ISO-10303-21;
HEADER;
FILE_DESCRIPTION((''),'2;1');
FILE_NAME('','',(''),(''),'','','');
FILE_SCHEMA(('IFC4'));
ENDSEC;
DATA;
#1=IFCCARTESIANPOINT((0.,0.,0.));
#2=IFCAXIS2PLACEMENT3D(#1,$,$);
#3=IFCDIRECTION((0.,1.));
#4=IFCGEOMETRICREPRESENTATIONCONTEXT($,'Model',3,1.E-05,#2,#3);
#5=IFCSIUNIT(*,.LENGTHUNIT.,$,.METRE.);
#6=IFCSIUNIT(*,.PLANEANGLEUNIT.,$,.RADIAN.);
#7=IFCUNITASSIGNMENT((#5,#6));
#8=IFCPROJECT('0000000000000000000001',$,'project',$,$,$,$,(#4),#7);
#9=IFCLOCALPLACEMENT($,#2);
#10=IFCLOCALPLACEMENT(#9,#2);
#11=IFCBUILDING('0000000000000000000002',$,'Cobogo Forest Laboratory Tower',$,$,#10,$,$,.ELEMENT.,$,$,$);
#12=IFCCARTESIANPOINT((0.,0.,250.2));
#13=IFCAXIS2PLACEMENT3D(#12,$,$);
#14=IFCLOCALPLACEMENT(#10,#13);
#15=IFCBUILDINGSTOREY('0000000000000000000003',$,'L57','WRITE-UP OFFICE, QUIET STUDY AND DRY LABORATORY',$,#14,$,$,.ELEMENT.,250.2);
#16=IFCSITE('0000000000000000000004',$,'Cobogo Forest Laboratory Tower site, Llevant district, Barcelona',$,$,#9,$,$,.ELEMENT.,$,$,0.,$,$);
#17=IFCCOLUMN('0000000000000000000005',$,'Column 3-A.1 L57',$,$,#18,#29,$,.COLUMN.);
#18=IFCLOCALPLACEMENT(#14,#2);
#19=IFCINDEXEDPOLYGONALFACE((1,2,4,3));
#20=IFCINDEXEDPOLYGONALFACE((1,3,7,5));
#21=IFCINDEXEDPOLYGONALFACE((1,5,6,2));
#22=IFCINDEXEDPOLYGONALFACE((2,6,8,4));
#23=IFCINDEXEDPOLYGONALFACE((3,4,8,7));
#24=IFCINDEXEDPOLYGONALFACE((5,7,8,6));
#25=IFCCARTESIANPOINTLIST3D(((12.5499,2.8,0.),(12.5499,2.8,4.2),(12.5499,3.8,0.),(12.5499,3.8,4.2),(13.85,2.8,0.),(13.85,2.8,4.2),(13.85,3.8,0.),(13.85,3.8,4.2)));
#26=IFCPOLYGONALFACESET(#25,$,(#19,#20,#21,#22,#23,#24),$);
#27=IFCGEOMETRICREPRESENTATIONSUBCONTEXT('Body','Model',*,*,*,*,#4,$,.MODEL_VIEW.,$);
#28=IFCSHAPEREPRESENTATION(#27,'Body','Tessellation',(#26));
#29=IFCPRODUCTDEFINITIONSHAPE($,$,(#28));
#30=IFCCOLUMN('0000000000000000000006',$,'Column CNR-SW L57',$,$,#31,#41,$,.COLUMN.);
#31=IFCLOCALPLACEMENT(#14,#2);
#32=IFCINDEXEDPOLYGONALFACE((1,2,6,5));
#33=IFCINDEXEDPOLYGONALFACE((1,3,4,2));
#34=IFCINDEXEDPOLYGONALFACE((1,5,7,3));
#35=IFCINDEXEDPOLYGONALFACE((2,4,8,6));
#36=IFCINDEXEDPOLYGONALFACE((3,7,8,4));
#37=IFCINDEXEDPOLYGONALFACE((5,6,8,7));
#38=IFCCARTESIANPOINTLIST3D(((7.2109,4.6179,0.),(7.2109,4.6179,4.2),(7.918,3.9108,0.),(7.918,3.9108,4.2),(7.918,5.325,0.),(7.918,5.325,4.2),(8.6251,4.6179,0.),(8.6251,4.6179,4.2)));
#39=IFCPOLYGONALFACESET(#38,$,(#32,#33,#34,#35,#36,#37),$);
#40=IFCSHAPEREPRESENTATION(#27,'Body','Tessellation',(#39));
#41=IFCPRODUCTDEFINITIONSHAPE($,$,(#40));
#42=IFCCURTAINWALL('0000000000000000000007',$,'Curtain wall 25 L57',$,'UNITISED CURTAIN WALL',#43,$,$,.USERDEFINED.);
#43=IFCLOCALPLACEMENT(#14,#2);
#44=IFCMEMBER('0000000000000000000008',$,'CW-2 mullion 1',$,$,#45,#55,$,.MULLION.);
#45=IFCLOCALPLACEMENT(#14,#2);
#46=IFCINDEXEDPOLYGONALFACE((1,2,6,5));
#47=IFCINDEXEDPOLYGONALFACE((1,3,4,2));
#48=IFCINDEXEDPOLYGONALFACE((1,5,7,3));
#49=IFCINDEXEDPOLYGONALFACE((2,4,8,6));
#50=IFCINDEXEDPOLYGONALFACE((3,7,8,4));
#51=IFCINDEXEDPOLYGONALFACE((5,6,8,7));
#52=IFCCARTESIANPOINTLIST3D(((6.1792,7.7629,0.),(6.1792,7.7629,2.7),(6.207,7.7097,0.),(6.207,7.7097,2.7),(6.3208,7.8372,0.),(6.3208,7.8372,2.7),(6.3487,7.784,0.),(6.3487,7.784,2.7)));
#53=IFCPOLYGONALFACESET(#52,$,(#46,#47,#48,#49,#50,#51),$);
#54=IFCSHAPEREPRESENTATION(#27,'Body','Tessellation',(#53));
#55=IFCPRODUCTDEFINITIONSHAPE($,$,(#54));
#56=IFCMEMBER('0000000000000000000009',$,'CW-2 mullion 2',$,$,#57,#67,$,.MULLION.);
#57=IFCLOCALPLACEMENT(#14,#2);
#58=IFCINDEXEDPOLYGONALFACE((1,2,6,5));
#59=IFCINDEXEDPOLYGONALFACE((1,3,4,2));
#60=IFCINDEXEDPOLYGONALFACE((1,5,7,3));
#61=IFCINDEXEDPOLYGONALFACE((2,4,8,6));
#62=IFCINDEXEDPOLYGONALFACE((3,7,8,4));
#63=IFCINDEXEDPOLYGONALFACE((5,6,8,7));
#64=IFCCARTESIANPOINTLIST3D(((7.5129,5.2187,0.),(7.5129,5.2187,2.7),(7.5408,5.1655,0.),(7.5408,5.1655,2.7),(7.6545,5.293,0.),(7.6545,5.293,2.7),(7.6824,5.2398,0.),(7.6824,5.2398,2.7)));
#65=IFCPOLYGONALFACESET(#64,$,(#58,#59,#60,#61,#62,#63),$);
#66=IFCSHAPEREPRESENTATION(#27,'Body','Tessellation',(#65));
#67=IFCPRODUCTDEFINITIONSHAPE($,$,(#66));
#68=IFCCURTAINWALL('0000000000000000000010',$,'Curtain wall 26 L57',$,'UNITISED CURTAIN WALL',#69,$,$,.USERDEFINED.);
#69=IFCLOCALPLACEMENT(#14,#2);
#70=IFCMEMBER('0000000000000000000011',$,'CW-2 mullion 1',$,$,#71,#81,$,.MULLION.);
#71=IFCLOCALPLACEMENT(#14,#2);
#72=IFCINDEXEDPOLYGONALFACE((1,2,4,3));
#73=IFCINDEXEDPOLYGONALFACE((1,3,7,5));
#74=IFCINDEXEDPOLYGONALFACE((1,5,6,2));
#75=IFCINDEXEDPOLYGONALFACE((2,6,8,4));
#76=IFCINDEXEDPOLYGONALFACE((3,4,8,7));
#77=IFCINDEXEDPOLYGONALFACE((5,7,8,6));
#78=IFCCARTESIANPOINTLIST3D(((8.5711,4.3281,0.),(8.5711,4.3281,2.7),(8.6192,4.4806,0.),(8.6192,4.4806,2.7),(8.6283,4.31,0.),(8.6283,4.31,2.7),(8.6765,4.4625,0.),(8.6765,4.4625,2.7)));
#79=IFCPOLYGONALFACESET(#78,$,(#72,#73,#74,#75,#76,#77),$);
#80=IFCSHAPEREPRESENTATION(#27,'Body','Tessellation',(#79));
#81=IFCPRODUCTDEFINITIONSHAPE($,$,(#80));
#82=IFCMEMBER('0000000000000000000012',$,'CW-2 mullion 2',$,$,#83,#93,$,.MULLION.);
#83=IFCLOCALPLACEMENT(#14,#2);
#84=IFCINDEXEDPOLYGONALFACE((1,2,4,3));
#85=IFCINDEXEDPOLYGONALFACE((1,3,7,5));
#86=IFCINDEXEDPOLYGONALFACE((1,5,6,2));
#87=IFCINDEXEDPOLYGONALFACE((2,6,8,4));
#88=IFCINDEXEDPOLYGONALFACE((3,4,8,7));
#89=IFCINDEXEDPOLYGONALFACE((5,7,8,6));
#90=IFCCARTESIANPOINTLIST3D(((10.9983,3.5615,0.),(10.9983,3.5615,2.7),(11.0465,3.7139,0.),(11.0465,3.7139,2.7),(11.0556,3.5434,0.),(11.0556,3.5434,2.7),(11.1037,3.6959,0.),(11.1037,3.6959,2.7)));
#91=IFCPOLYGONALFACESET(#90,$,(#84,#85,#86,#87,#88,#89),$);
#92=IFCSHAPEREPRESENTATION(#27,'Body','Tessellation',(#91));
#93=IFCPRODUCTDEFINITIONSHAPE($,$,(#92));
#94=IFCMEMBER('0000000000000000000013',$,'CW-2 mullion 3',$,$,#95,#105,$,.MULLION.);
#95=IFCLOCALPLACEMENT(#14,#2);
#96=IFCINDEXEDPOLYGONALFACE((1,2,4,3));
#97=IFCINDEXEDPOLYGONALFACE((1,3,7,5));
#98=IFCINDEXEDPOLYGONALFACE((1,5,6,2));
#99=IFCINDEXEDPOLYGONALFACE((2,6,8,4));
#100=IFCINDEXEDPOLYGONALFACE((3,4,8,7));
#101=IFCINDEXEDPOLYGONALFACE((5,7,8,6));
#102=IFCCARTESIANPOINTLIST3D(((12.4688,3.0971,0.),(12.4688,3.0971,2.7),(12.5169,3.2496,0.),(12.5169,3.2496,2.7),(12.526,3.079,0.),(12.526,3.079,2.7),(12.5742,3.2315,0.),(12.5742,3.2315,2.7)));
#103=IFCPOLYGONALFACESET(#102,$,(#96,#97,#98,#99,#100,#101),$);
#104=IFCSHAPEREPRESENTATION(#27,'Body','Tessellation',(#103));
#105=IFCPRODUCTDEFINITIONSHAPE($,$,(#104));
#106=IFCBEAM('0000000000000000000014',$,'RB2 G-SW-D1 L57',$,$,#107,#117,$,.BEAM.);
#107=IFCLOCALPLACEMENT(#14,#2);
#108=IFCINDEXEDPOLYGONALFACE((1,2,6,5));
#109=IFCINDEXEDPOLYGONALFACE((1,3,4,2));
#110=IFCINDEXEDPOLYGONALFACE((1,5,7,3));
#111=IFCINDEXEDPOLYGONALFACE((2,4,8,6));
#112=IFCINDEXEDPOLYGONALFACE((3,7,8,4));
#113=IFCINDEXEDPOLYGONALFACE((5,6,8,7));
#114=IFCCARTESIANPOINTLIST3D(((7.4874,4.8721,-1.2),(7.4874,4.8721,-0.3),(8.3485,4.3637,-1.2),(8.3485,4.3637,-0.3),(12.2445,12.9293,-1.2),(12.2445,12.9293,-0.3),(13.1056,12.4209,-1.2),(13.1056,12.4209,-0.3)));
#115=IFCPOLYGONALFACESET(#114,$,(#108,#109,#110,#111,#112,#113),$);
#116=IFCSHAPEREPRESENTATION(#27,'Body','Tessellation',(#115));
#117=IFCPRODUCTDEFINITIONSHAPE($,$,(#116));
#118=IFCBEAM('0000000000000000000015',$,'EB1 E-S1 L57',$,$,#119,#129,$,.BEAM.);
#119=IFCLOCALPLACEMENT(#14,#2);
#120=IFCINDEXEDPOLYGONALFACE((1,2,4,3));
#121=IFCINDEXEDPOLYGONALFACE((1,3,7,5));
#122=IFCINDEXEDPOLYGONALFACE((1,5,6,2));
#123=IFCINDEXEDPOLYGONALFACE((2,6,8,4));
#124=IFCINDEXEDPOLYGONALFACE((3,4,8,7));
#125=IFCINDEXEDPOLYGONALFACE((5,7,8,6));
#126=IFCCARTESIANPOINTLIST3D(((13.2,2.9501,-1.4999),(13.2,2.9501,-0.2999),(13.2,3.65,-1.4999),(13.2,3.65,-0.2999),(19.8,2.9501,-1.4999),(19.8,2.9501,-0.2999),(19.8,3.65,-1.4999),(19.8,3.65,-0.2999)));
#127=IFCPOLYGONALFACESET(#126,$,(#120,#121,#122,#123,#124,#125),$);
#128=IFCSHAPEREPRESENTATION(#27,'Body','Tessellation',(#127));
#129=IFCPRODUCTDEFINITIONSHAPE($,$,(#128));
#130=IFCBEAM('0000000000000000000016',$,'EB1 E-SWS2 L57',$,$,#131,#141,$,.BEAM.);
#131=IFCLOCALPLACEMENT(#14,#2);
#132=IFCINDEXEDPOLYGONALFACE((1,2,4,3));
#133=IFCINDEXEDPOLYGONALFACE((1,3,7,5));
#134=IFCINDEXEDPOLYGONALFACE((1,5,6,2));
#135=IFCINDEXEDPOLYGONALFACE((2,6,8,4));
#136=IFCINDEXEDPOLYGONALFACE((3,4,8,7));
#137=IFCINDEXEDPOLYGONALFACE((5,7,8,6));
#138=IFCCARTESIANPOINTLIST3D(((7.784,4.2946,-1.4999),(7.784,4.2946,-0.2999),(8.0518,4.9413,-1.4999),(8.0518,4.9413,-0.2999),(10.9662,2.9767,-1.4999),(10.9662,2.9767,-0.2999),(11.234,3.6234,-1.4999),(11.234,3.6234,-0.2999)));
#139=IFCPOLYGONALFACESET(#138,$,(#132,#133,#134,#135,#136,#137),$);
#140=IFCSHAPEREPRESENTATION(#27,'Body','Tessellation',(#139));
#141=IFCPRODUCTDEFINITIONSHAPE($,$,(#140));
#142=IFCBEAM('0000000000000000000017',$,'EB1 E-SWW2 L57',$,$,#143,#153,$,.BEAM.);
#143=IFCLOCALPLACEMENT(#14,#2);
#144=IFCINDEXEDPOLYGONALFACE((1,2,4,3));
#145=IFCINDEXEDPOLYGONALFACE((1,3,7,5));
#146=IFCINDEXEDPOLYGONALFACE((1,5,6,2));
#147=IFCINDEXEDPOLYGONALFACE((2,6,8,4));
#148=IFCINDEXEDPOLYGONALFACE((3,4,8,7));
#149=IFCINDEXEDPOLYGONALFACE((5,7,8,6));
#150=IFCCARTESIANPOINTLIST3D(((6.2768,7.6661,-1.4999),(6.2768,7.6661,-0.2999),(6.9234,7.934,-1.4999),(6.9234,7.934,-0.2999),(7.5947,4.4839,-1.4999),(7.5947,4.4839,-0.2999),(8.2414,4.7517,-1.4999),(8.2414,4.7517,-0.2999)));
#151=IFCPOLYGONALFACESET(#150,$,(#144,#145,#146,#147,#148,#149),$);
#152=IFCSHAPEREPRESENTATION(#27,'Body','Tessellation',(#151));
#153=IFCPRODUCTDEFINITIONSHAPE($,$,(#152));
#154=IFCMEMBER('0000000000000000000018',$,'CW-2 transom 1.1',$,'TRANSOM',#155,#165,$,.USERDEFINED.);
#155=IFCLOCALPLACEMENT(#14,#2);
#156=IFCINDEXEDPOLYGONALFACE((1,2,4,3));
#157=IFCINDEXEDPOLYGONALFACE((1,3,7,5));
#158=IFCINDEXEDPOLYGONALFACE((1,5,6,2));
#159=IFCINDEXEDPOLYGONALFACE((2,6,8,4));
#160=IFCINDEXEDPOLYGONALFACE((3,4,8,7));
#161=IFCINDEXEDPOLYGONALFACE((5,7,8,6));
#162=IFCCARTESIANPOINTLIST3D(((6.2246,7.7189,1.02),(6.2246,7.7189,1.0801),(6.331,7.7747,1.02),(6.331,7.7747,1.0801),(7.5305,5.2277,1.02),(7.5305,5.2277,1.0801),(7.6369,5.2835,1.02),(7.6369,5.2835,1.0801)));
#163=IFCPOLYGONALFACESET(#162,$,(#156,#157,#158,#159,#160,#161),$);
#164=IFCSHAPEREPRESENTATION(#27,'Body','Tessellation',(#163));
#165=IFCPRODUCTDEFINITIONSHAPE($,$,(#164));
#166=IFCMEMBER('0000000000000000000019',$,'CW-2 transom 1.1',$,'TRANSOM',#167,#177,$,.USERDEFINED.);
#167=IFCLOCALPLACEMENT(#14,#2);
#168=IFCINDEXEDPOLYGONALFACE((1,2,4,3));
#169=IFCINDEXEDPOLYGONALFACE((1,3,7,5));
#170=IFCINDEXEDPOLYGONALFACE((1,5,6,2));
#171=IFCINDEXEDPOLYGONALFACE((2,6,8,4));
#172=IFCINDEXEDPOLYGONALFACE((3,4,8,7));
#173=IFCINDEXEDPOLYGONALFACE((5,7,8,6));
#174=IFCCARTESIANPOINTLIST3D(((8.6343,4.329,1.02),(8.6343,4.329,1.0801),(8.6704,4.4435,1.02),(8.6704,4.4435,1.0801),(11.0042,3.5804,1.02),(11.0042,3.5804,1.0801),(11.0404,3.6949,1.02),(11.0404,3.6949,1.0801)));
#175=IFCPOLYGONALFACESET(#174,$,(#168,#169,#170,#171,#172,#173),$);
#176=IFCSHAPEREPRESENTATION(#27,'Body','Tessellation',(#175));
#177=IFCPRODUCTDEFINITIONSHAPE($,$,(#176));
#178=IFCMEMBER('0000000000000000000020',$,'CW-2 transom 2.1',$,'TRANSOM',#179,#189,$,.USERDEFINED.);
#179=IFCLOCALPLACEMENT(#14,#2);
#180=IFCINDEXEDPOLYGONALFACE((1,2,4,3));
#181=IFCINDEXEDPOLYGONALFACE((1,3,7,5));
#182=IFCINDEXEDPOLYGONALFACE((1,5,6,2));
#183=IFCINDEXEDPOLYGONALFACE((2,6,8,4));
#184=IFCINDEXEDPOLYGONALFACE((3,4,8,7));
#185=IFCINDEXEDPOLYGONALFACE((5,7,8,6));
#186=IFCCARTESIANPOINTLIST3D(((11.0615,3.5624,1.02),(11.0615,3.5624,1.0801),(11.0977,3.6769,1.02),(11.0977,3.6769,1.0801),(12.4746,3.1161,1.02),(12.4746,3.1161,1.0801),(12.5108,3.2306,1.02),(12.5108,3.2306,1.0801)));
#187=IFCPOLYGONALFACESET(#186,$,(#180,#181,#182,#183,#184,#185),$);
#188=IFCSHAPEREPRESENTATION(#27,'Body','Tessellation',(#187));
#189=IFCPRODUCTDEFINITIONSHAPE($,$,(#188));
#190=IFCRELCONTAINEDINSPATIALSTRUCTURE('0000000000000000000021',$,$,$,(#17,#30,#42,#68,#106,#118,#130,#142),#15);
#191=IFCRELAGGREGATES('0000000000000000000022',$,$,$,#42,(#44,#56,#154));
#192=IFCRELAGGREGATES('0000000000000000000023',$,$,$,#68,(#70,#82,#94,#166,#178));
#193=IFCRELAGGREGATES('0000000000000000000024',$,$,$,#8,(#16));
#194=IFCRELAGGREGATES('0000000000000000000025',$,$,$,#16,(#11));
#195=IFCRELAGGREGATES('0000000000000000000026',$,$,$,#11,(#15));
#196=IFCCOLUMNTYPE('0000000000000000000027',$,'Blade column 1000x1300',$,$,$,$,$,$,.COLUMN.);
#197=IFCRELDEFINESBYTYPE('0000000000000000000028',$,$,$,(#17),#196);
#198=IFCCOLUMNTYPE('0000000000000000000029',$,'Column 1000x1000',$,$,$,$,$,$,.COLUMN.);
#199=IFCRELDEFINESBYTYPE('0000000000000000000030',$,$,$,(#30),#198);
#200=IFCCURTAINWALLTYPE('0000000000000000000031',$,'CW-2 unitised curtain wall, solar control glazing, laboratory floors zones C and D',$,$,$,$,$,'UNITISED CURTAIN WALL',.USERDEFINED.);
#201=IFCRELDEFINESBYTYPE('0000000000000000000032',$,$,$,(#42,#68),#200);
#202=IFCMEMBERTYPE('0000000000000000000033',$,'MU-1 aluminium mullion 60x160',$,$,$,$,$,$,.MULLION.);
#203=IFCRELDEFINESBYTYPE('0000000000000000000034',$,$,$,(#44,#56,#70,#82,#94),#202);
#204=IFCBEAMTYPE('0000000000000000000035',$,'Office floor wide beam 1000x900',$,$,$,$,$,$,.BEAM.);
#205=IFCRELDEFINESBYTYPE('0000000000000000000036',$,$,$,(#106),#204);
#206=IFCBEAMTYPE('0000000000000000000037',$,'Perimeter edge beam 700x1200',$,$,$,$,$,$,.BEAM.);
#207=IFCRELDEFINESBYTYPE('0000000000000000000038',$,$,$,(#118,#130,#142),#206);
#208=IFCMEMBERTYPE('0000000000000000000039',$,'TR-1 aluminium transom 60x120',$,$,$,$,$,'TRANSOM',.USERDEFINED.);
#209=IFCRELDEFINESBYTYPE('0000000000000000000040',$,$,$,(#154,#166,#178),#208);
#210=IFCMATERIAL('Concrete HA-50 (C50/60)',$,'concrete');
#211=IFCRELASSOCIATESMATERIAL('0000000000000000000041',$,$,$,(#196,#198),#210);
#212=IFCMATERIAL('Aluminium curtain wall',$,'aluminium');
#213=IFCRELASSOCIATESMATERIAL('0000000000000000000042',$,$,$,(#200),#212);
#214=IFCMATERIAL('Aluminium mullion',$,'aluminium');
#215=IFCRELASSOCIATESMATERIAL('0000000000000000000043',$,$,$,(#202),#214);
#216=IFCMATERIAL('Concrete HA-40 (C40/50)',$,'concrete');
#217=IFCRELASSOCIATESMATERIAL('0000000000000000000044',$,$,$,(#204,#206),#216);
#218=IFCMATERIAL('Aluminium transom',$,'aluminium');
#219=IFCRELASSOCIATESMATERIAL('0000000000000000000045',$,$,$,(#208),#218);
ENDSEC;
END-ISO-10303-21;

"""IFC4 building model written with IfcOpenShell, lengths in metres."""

from ifc_helpers import new_model, si_unit, direction, frame, origin, origin_2d, place, context, subcontext, project, spatial, rectangle, extrude, material, material_profile, profile_set, type_object, element, aggregate, save


model = new_model("IFC4")

# Units and contexts
model_context = context("Model", 3, precision=1e-05, world=origin(), true_north=direction((0.0, 1.0)))
body_context = subcontext(model_context, "Body", "Model", "MODEL_VIEW")
ifc_project = project(units=[si_unit("LENGTHUNIT", "METRE"), si_unit("PLANEANGLEUNIT", "RADIAN")], contexts=[model_context])

# Site, building, storey
site_placement = place(None, origin())
site = spatial("IfcSite", under=ifc_project, at=site_placement, Name="Cobogo Forest Laboratory Tower site, Llevant district, Barcelona", CompositionType="ELEMENT", RefElevation=0.0)
building_placement = place(site_placement, origin())
building = spatial("IfcBuilding", under=site, at=building_placement, Name="Cobogo Forest Laboratory Tower", CompositionType="ELEMENT")
storey_placement = place(building_placement, frame((0.0, 0.0, 250.2)))
storey = spatial("IfcBuildingStorey", under=building, at=storey_placement, Name="L57", Description="WRITE-UP OFFICE, QUIET STUDY AND DRY LABORATORY", CompositionType="ELEMENT", Elevation=250.2)

# Columns
ifc_material_1 = material(Name="Concrete HA-50 (C50/60)", Category="concrete")
ifc_material_profile_1 = material_profile(ifc_material_1, rectangle(XDim=1.3, YDim=1.0, at=origin_2d()), Name="RC 1000x1300")
ifc_profile_set_1 = profile_set([ifc_material_profile_1], Name="Concrete HA-50 (C50/60)")
column_type_1 = type_object("IfcColumnType", Name="Blade column 1000x1300", PredefinedType="COLUMN", material=ifc_profile_set_1)
column_1_placement = place(storey_placement, frame((13.2, 3.3, 0.0), z_axis=(0.0, 0.0, 1.0), x_axis=(1.0, 0.0, 0.0)))
element("IfcColumn", 1, at=column_1_placement, inside=storey, type_object=column_type_1, Name="Column 3-A.1 L57", PredefinedType="COLUMN", context=body_context, shape_type="SweptSolid", body=[
    extrude(rectangle(XDim=1.3, YDim=1.0, at=origin_2d()), origin(), (0.0, 0.0, 1.0), 4.2),
])
ifc_material_profile_2 = material_profile(ifc_material_1, rectangle(XDim=1.0, YDim=1.0, at=origin_2d()), Name="RC 1000x1000")
ifc_profile_set_2 = profile_set([ifc_material_profile_2], Name="Concrete HA-50 (C50/60)")
column_type_2 = type_object("IfcColumnType", Name="Column 1000x1000", PredefinedType="COLUMN", material=ifc_profile_set_2)
column_2_placement = place(storey_placement, frame((7.918, 4.6179, 0.0), z_axis=(0.0, 0.0, 1.0), x_axis=(0.707107, 0.707107, 0.0)))
element("IfcColumn", 2, at=column_2_placement, inside=storey, type_object=column_type_2, Name="Column CNR-SW L57", PredefinedType="COLUMN", context=body_context, shape_type="SweptSolid", body=[
    extrude(rectangle(XDim=1.0, YDim=1.0, at=origin_2d()), origin(), (0.0, 0.0, 1.0), 4.2),
])

# Curtain walls, members
ifc_material_2 = material(Name="Aluminium curtain wall", Category="aluminium")
curtain_wall_type = type_object("IfcCurtainWallType", Name="CW-2 unitised curtain wall, solar control glazing, laboratory floors zones C and D", ElementType="UNITISED CURTAIN WALL", PredefinedType="USERDEFINED", material=ifc_material_2)
curtain_wall_1_placement = place(storey_placement, origin())
curtain_wall_1 = element("IfcCurtainWall", 3, at=curtain_wall_1_placement, inside=storey, type_object=curtain_wall_type, Name="Curtain wall 25 L57", ObjectType="UNITISED CURTAIN WALL", PredefinedType="USERDEFINED")
ifc_material_3 = material(Name="Aluminium mullion", Category="aluminium")
ifc_material_profile_3 = material_profile(ifc_material_3, rectangle(XDim=0.0601, YDim=0.1599, at=origin_2d()), Name="AL 60x160")
ifc_profile_set_3 = profile_set([ifc_material_profile_3], Name="Aluminium mullion")
member_type_1 = type_object("IfcMemberType", Name="MU-1 aluminium mullion 60x160", PredefinedType="MULLION", material=ifc_profile_set_3)
member_1_placement = place(storey_placement, frame((6.2639, 7.7734, 0.0), z_axis=(0.0, 0.0, 1.0), x_axis=(0.464284, -0.885686, 0.0)))
member_1 = element("IfcMember", 4, at=member_1_placement, type_object=member_type_1, Name="CW-2 mullion 1", PredefinedType="MULLION", context=body_context, shape_type="SweptSolid", body=[
    extrude(rectangle(XDim=0.0601, YDim=0.1599, at=origin_2d()), origin(), (0.0, 0.0, 1.0), 2.7),
])
member_2_placement = place(storey_placement, frame((7.5977, 5.2292, 0.0), z_axis=(0.0, 0.0, 1.0), x_axis=(0.464284, -0.885686, 0.0)))
member_2 = element("IfcMember", 5, at=member_2_placement, type_object=member_type_1, Name="CW-2 mullion 2", PredefinedType="MULLION", context=body_context, shape_type="SweptSolid", body=[
    extrude(rectangle(XDim=0.0601, YDim=0.1599, at=origin_2d()), origin(), (0.0, 0.0, 1.0), 2.7),
])
curtain_wall_2_placement = place(storey_placement, origin())
curtain_wall_2 = element("IfcCurtainWall", 6, at=curtain_wall_2_placement, inside=storey, type_object=curtain_wall_type, Name="Curtain wall 26 L57", ObjectType="UNITISED CURTAIN WALL", PredefinedType="USERDEFINED")
member_3_placement = place(storey_placement, frame((8.6238, 4.3953, 0.0), z_axis=(0.0, 0.0, 1.0), x_axis=(0.953581, -0.301135, 0.0)))
member_3 = element("IfcMember", 7, at=member_3_placement, type_object=member_type_1, Name="CW-2 mullion 1", PredefinedType="MULLION", context=body_context, shape_type="SweptSolid", body=[
    extrude(rectangle(XDim=0.0601, YDim=0.1599, at=origin_2d()), origin(), (0.0, 0.0, 1.0), 2.7),
])
member_4_placement = place(storey_placement, frame((11.051, 3.6287, 0.0), z_axis=(0.0, 0.0, 1.0), x_axis=(0.953581, -0.301135, 0.0)))
member_4 = element("IfcMember", 8, at=member_4_placement, type_object=member_type_1, Name="CW-2 mullion 2", PredefinedType="MULLION", context=body_context, shape_type="SweptSolid", body=[
    extrude(rectangle(XDim=0.0601, YDim=0.1599, at=origin_2d()), origin(), (0.0, 0.0, 1.0), 2.7),
])
member_5_placement = place(storey_placement, frame((12.5215, 3.1643, 0.0), z_axis=(0.0, 0.0, 1.0), x_axis=(0.953581, -0.301135, 0.0)))
member_5 = element("IfcMember", 9, at=member_5_placement, type_object=member_type_1, Name="CW-2 mullion 3", PredefinedType="MULLION", context=body_context, shape_type="SweptSolid", body=[
    extrude(rectangle(XDim=0.0601, YDim=0.1599, at=origin_2d()), origin(), (0.0, 0.0, 1.0), 2.7),
])

# Beams
ifc_material_4 = material(Name="Concrete HA-40 (C40/50)", Category="concrete")
ifc_material_profile_4 = material_profile(ifc_material_4, rectangle(XDim=1.0, YDim=0.8999, at=origin_2d()), Name="RC 1000x900")
ifc_profile_set_4 = profile_set([ifc_material_profile_4], Name="Concrete HA-40 (C40/50)")
beam_type_1 = type_object("IfcBeamType", Name="Office floor wide beam 1000x900", PredefinedType="BEAM", material=ifc_profile_set_4)
beam_1_placement = place(storey_placement, frame((7.918, 4.6179, -0.75), z_axis=(0.508416, 0.861111, 0.0), x_axis=(-0.861111, 0.508416, 0.0)))
element("IfcBeam", 10, at=beam_1_placement, inside=storey, type_object=beam_type_1, Name="RB2 G-SW-D1 L57", PredefinedType="BEAM", context=body_context, shape_type="SweptSolid", body=[
    extrude(rectangle(XDim=1.0, YDim=0.8999, at=origin_2d()), origin(), (0.0, 0.0, 1.0), 9.3567),
])
ifc_material_profile_5 = material_profile(ifc_material_4, rectangle(XDim=0.7, YDim=1.2, at=origin_2d()), Name="RC 700x1200")
ifc_profile_set_5 = profile_set([ifc_material_profile_5], Name="Concrete HA-40 (C40/50)")
beam_type_2 = type_object("IfcBeamType", Name="Perimeter edge beam 700x1200", PredefinedType="BEAM", material=ifc_profile_set_5)
beam_2_placement = place(storey_placement, frame((13.2, 3.3, -0.8999), z_axis=(1.0, 0.0, 0.0), x_axis=(0.0, 1.0, 0.0)))
element("IfcBeam", 11, at=beam_2_placement, inside=storey, type_object=beam_type_2, Name="EB1 E-S1 L57", PredefinedType="BEAM", context=body_context, shape_type="SweptSolid", body=[
    extrude(rectangle(XDim=0.7, YDim=1.2, at=origin_2d()), origin(), (0.0, 0.0, 1.0), 6.6001),
])
for number, where, z_axis, x_axis, name in (
    (12, (11.1001, 3.3, -0.8999), (-0.923901, 0.382631, 0.0), (-0.382631, -0.923901, 0.0), "EB1 E-SWS2 L57"),
    (13, (6.6001, 7.8, -0.8999), (0.382631, -0.923901, 0.0), (0.923901, 0.382631, 0.0), "EB1 E-SWW2 L57"),
):
    element("IfcBeam", number, at=place(storey_placement, frame(where, z_axis=z_axis, x_axis=x_axis)), inside=storey, type_object=beam_type_2, Name=name, PredefinedType="BEAM", context=body_context, shape_type="SweptSolid", body=[
        extrude(rectangle(XDim=0.7, YDim=1.2, at=origin_2d()), origin(), (0.0, 0.0, 1.0), 3.4443),
    ])

# Members
ifc_material_5 = material(Name="Aluminium transom", Category="aluminium")
ifc_material_profile_6 = material_profile(ifc_material_5, rectangle(XDim=0.1201, YDim=0.0601, at=origin_2d()), Name="AL 60x120")
ifc_profile_set_6 = profile_set([ifc_material_profile_6], Name="Aluminium transom")
member_type_2 = type_object("IfcMemberType", Name="TR-1 aluminium transom 60x120", ElementType="TRANSOM", PredefinedType="USERDEFINED", material=ifc_profile_set_6)
member_6_placement = place(storey_placement, frame((6.2778, 7.7468, 1.05), z_axis=(0.464283, -0.885687, 0.0), x_axis=(0.885687, 0.464283, 0.0)))
member_6 = element("IfcMember", 14, at=member_6_placement, type_object=member_type_2, Name="CW-2 transom 1.1", ObjectType="TRANSOM", PredefinedType="USERDEFINED", context=body_context, shape_type="SweptSolid", body=[
    extrude(rectangle(XDim=0.1201, YDim=0.0601, at=origin_2d()), origin(), (0.0, 0.0, 1.0), 2.8127),
])
member_7_placement = place(storey_placement, frame((8.6523, 4.3862, 1.05), z_axis=(0.953565, -0.301188, 0.0), x_axis=(0.301188, 0.953565, 0.0)))
member_7 = element("IfcMember", 15, at=member_7_placement, type_object=member_type_2, Name="CW-2 transom 1.1", ObjectType="TRANSOM", PredefinedType="USERDEFINED", context=body_context, shape_type="SweptSolid", body=[
    extrude(rectangle(XDim=0.1201, YDim=0.0601, at=origin_2d()), origin(), (0.0, 0.0, 1.0), 2.4854),
])
member_8_placement = place(storey_placement, frame((11.0796, 3.6196, 1.05), z_axis=(0.953573, -0.301163, 0.0), x_axis=(0.301163, 0.953573, 0.0)))
member_8 = element("IfcMember", 16, at=member_8_placement, type_object=member_type_2, Name="CW-2 transom 2.1", ObjectType="TRANSOM", PredefinedType="USERDEFINED", context=body_context, shape_type="SweptSolid", body=[
    extrude(rectangle(XDim=0.1201, YDim=0.0601, at=origin_2d()), origin(), (0.0, 0.0, 1.0), 1.4819),
])

aggregate(curtain_wall_1, [member_1, member_2, member_6])
aggregate(curtain_wall_2, [member_3, member_4, member_5, member_7, member_8])

save(model, "model.ifc")
